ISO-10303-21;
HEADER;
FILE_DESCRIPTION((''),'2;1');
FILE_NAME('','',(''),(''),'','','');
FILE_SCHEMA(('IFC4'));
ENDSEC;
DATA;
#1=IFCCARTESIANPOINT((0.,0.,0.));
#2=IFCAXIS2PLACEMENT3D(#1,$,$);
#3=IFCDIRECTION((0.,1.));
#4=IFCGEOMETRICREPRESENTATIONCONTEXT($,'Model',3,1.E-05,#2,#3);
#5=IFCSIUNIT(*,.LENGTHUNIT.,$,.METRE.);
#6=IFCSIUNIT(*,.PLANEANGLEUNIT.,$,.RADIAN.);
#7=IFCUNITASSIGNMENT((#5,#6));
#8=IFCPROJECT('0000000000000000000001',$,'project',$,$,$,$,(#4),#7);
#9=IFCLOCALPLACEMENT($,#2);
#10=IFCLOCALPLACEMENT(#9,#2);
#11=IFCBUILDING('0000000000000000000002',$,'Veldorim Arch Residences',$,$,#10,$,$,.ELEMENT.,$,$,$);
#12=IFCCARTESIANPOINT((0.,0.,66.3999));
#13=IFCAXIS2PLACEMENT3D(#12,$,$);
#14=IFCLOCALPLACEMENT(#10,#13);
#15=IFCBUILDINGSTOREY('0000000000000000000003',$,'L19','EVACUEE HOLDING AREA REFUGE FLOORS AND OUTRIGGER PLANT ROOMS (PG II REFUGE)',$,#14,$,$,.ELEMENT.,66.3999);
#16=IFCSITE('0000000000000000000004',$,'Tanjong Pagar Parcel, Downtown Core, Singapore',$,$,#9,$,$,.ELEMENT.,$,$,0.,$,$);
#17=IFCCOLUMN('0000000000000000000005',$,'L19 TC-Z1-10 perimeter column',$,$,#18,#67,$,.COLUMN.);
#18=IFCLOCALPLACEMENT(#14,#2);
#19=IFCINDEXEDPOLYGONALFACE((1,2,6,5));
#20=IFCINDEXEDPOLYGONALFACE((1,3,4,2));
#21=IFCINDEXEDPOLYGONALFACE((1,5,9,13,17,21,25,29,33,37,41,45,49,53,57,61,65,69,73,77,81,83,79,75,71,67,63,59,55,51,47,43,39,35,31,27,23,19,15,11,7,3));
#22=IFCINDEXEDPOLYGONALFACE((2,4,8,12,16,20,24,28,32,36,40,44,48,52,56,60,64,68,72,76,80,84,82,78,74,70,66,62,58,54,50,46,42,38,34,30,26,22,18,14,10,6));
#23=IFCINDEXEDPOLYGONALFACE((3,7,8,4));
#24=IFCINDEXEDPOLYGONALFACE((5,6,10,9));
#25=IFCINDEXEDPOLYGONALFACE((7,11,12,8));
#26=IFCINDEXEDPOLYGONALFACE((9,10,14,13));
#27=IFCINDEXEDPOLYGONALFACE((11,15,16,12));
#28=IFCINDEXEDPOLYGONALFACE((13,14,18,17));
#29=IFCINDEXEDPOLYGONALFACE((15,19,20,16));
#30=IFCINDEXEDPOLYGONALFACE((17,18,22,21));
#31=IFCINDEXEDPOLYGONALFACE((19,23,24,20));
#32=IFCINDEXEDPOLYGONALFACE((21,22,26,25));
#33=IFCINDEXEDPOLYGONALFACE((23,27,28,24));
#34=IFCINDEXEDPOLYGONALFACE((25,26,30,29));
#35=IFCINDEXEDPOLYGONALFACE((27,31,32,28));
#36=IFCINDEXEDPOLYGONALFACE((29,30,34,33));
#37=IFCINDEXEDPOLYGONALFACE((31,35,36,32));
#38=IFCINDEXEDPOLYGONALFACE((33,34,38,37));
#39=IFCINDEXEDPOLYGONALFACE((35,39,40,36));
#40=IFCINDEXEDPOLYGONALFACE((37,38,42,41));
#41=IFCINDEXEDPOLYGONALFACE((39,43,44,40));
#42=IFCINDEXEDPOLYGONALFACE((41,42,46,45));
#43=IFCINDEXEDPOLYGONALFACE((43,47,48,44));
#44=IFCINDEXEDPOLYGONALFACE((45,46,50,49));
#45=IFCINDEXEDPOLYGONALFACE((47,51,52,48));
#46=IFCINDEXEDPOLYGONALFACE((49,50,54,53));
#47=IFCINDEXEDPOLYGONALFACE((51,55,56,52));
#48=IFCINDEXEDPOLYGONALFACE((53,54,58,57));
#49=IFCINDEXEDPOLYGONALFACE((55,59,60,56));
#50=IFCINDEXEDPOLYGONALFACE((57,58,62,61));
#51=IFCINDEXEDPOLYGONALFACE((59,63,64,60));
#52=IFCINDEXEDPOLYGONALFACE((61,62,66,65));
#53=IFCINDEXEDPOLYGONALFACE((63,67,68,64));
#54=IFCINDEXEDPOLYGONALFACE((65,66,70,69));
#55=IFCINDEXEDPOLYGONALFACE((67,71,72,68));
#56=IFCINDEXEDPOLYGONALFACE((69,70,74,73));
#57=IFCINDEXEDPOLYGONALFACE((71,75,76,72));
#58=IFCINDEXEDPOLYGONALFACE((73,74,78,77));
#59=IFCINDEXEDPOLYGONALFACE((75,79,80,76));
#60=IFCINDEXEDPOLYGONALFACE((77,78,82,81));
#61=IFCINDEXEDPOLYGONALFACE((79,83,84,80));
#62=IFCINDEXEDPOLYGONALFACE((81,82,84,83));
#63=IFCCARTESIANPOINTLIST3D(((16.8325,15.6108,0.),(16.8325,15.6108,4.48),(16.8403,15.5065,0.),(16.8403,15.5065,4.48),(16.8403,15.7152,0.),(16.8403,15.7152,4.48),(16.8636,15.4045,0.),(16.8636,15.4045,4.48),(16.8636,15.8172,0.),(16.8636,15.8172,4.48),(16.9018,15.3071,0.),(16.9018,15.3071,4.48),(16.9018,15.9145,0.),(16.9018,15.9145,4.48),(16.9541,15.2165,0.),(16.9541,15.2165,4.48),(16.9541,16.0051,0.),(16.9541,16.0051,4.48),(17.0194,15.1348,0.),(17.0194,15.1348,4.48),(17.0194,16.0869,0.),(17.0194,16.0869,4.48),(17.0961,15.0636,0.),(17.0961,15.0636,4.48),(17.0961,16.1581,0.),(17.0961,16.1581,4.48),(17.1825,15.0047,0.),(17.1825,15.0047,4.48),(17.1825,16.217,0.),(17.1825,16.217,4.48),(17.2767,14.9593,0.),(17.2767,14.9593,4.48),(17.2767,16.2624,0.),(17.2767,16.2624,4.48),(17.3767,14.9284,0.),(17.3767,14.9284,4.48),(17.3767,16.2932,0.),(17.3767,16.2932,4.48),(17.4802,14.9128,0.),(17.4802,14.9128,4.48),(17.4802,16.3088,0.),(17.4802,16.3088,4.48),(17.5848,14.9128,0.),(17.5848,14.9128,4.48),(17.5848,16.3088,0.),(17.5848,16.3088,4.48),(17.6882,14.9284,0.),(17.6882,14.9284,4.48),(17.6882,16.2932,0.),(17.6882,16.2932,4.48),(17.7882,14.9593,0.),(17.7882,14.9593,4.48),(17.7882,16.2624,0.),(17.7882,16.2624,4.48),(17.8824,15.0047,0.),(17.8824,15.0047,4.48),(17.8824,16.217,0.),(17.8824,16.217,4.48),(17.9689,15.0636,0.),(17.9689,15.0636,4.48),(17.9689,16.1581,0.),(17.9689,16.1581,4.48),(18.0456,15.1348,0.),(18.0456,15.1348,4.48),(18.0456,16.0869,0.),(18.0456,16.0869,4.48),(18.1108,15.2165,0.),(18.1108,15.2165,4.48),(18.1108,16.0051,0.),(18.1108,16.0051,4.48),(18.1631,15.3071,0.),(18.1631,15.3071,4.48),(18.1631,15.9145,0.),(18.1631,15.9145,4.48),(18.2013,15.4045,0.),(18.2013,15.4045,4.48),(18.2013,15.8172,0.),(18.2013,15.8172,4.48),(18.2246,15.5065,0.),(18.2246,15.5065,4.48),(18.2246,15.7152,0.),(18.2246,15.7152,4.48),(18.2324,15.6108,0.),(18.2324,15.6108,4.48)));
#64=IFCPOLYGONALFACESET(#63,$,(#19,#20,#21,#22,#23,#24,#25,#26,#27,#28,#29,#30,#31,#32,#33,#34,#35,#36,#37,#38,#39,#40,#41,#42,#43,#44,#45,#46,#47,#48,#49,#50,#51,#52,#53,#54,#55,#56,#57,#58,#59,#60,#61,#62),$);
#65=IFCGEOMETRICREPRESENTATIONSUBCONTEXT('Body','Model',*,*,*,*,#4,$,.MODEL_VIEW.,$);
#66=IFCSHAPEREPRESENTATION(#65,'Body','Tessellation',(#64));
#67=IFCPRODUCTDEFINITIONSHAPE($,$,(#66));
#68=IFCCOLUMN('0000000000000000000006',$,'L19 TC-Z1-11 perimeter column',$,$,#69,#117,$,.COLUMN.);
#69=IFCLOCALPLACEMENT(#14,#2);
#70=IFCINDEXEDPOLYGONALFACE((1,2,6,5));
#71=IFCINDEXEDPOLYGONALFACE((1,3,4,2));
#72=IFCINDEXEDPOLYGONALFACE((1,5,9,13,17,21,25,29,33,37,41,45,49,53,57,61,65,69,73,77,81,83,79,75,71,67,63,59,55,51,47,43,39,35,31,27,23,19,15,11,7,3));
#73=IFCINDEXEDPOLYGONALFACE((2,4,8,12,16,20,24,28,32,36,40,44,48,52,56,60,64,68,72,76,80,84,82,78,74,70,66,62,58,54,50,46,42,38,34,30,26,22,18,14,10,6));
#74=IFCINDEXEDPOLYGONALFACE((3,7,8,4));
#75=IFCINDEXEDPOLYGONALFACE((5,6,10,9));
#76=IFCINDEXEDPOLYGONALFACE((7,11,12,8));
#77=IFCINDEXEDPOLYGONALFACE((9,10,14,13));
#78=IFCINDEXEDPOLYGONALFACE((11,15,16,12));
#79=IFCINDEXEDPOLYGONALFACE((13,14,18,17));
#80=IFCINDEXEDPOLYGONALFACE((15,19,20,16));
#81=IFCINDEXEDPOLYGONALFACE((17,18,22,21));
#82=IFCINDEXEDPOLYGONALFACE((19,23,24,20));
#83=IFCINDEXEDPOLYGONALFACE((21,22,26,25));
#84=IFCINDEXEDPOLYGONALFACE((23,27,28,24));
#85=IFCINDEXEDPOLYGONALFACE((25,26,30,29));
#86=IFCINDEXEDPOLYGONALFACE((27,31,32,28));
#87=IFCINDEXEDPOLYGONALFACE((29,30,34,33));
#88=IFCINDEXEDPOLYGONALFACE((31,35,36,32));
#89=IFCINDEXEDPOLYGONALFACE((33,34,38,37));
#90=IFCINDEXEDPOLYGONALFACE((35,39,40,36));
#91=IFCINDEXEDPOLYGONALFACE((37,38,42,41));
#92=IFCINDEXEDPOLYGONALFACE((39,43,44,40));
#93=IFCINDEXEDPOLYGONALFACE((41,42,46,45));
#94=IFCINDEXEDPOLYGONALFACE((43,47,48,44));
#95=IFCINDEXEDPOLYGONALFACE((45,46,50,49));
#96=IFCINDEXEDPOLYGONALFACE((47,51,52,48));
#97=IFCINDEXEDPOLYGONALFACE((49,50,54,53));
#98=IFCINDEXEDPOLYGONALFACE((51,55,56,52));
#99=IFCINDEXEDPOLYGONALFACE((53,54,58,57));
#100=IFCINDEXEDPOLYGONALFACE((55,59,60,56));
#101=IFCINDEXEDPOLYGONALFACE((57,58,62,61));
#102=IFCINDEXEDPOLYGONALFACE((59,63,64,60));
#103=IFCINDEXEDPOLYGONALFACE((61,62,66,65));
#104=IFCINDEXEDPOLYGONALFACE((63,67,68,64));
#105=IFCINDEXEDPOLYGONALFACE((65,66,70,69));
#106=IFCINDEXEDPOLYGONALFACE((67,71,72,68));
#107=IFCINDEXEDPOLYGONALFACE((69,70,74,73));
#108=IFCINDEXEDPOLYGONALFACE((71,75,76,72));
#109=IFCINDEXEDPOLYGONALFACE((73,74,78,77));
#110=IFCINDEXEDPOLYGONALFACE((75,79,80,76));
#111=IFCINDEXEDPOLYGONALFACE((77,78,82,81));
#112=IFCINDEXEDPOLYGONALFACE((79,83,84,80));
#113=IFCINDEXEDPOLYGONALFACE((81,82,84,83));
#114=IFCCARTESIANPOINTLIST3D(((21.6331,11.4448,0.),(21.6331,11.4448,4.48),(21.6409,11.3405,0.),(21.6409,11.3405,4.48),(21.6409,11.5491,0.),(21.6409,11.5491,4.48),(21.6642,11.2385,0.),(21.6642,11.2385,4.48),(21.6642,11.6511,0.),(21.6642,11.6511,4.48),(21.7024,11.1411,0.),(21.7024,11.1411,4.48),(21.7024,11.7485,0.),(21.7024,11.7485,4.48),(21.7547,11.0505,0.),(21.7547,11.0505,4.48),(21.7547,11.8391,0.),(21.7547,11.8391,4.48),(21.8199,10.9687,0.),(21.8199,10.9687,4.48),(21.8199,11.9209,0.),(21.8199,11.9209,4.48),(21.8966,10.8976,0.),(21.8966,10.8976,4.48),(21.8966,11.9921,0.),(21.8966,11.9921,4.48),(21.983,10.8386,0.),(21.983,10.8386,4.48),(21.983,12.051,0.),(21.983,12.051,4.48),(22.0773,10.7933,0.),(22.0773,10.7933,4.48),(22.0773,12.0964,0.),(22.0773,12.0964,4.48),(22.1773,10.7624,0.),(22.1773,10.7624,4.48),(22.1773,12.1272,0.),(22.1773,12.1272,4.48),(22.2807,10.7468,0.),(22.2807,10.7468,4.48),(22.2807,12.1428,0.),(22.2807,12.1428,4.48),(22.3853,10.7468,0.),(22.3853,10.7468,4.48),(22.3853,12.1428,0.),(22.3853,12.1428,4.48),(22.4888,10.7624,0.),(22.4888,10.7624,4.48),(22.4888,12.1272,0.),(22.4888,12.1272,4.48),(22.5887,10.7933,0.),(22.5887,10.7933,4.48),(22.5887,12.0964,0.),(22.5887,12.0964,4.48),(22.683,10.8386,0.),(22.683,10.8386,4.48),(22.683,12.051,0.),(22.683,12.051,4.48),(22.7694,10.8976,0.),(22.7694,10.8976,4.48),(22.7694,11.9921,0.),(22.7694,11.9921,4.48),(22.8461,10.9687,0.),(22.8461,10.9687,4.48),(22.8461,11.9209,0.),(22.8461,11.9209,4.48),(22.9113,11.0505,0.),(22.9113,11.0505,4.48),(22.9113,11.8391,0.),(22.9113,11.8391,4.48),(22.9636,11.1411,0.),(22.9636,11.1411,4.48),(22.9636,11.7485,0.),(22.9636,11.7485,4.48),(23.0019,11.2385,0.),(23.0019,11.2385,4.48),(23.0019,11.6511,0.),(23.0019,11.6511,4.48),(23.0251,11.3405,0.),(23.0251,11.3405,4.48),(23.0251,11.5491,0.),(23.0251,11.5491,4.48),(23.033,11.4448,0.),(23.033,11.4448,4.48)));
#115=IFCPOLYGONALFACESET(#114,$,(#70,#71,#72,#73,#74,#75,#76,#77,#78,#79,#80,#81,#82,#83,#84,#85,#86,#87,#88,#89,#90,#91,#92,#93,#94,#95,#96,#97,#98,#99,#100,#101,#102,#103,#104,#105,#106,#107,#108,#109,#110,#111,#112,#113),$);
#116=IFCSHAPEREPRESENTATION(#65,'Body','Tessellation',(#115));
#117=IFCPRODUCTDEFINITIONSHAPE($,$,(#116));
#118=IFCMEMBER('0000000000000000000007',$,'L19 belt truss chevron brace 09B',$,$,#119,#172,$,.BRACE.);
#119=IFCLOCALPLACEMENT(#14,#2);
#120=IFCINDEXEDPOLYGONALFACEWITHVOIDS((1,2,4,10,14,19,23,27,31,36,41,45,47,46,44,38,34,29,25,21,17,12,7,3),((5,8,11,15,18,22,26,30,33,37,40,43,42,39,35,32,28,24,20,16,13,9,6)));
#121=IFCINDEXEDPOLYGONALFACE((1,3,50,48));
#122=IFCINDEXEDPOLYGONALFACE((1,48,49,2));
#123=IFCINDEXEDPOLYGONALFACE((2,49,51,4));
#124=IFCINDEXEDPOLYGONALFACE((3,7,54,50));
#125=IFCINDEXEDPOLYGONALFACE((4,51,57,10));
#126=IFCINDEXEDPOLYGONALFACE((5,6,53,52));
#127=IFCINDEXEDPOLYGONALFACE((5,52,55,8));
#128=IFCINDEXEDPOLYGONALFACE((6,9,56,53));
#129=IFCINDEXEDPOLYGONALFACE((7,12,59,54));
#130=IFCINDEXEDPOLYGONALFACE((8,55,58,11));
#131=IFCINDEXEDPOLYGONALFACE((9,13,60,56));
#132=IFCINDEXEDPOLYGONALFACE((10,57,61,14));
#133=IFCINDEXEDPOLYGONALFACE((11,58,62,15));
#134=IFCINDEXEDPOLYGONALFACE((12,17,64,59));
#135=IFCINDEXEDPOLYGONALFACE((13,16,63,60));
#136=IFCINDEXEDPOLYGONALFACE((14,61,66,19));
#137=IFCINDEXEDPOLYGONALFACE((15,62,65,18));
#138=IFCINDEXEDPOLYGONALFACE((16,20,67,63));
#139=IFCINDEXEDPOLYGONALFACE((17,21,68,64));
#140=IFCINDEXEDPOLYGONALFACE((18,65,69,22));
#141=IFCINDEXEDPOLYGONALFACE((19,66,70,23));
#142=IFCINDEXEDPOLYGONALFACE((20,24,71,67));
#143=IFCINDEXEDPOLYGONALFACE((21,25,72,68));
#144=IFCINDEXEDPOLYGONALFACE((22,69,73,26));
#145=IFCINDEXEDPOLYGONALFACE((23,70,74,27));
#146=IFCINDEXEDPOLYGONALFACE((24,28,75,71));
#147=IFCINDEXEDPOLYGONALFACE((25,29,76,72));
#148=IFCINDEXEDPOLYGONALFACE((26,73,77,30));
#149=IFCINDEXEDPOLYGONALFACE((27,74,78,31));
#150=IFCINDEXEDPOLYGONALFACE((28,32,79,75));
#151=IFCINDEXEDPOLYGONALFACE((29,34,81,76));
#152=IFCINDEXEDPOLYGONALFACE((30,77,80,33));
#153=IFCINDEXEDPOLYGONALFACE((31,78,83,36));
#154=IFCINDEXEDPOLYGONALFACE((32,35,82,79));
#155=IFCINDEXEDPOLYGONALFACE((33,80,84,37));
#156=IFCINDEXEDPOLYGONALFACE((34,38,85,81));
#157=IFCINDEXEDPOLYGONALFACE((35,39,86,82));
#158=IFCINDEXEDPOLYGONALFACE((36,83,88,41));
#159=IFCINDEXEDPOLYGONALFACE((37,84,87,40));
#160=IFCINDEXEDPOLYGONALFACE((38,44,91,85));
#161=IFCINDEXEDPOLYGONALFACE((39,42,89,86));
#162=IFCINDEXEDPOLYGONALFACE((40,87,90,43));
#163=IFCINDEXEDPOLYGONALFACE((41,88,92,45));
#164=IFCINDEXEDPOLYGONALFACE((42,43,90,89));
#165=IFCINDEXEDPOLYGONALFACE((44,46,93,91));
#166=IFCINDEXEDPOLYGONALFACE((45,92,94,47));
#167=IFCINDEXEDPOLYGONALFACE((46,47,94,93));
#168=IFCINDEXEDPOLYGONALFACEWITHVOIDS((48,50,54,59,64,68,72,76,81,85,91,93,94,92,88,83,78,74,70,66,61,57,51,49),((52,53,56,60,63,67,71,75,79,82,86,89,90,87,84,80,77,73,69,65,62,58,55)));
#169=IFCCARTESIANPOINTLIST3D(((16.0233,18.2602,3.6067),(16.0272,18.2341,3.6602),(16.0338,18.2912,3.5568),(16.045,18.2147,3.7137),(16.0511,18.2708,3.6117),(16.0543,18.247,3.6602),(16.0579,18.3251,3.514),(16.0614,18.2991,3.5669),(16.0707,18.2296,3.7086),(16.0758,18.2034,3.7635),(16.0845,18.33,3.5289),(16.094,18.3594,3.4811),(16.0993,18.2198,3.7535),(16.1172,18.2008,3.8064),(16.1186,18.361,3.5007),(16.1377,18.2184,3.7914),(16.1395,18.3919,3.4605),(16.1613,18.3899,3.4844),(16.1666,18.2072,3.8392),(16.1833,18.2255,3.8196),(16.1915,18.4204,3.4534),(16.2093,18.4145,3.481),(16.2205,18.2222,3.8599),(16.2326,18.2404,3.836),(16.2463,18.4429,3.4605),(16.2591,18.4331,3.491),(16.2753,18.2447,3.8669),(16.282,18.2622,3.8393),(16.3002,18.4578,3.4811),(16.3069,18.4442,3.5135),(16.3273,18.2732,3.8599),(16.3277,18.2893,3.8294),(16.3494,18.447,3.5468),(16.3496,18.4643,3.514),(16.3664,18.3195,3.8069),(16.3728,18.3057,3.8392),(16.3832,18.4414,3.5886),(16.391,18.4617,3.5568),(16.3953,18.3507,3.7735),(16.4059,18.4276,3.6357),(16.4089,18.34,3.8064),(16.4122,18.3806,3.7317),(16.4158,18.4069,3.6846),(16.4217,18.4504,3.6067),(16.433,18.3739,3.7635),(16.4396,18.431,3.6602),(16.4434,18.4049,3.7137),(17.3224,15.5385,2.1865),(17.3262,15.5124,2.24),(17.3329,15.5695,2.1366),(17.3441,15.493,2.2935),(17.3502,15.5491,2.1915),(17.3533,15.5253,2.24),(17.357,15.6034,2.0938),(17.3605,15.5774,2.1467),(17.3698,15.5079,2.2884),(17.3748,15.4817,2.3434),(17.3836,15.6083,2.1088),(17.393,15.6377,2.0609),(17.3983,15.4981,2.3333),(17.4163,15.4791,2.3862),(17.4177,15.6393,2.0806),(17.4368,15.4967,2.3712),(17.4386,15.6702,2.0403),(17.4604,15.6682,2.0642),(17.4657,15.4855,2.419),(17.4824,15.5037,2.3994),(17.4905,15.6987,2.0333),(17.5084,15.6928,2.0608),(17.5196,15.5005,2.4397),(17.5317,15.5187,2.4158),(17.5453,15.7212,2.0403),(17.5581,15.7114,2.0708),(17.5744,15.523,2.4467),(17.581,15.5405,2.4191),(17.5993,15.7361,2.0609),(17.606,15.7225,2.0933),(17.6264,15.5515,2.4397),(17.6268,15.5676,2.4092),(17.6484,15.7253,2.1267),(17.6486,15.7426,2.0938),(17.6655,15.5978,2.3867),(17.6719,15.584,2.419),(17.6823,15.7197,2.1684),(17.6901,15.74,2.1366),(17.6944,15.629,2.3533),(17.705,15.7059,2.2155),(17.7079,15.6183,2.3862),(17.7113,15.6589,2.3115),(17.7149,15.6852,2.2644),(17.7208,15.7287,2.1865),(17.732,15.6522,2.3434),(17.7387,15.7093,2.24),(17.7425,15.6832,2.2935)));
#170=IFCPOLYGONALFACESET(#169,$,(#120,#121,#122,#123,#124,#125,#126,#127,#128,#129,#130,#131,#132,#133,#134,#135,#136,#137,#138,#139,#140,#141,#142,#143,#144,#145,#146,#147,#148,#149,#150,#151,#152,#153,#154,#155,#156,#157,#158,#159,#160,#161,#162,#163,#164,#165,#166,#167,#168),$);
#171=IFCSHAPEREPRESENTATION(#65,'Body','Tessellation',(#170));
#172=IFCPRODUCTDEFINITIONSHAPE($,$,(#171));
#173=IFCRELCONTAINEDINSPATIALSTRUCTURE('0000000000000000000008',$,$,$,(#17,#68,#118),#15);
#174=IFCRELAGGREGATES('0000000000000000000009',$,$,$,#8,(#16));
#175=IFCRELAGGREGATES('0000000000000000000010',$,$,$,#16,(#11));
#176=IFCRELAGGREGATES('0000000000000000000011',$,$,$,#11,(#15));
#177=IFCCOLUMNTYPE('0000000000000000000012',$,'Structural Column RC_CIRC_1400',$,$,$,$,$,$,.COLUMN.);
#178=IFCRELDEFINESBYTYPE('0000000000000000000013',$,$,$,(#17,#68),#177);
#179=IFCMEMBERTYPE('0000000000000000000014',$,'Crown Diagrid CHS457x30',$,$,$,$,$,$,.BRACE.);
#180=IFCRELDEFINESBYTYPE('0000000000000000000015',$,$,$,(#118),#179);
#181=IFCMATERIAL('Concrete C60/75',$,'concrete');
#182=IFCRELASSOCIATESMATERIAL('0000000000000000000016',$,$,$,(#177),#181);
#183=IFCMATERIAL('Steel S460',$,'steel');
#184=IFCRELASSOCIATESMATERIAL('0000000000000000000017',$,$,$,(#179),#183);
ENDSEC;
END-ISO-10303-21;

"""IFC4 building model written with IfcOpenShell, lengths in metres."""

from ifc_helpers import new_model, si_unit, direction, frame, origin, origin_2d, place, context, subcontext, project, spatial, circle, hollow_circle, extrude, material, material_profile, profile_set, type_object, element, save


model = new_model("IFC4")

# Units and contexts
model_context = context("Model", 3, precision=1e-05, world=origin(), true_north=direction((0.0, 1.0)))
body_context = subcontext(model_context, "Body", "Model", "MODEL_VIEW")
ifc_project = project(units=[si_unit("LENGTHUNIT", "METRE"), si_unit("PLANEANGLEUNIT", "RADIAN")], contexts=[model_context])

# Site, building, storey
site_placement = place(None, origin())
site = spatial("IfcSite", under=ifc_project, at=site_placement, Name="Tanjong Pagar Parcel, Downtown Core, Singapore", CompositionType="ELEMENT", RefElevation=0.0)
building_placement = place(site_placement, origin())
building = spatial("IfcBuilding", under=site, at=building_placement, Name="Veldorim Arch Residences", CompositionType="ELEMENT")
storey_placement = place(building_placement, frame((0.0, 0.0, 66.3999)))
storey = spatial("IfcBuildingStorey", under=building, at=storey_placement, Name="L19", Description="EVACUEE HOLDING AREA REFUGE FLOORS AND OUTRIGGER PLANT ROOMS (PG II REFUGE)", CompositionType="ELEMENT", Elevation=66.3999)

# Columns
ifc_material_1 = material(Name="Concrete C60/75", Category="concrete")
ifc_material_profile_1 = material_profile(ifc_material_1, circle(Radius=0.7, at=origin_2d()), Name="RC_CIRC_1400")
ifc_profile_set_1 = profile_set([ifc_material_profile_1], Name="Concrete C60/75")
column_type = type_object("IfcColumnType", Name="Structural Column RC_CIRC_1400", PredefinedType="COLUMN", material=ifc_profile_set_1)
for number, where, z_axis, x_axis, name in (
    (1, (17.5325, 15.6108, 0.0), (0.0, 0.0, 1.0), (1.0, 0.0, 0.0), "L19 TC-Z1-10 perimeter column"),
    (2, (22.333, 11.4448, 0.0), (0.0, 0.0, 1.0), (1.0, 0.0, 0.0), "L19 TC-Z1-11 perimeter column"),
):
    element("IfcColumn", number, at=place(storey_placement, frame(where, z_axis=z_axis, x_axis=x_axis)), inside=storey, type_object=column_type, Name=name, PredefinedType="COLUMN", context=body_context, shape_type="SweptSolid", body=[
        extrude(circle(Radius=0.7, at=origin_2d()), origin(), (0.0, 0.0, 1.0), 4.48),
    ])

# Member
ifc_material_2 = material(Name="Steel S460", Category="steel")
ifc_material_profile_2 = material_profile(ifc_material_2, hollow_circle(Radius=0.2285, WallThickness=0.03, at=origin_2d()), Name="CHS457x30")
ifc_profile_set_2 = profile_set([ifc_material_profile_2], Name="Steel S460")
member_type_1 = type_object("IfcMemberType", Name="Crown Diagrid CHS457x30", PredefinedType="BRACE", material=ifc_profile_set_2)
member_1_placement = place(storey_placement, frame((17.5325, 15.6108, 2.24), z_axis=(-0.389706, 0.816471, 0.426033), x_axis=(-0.90247, -0.430754, 0.0)))
element("IfcMember", 3, at=member_1_placement, inside=storey, type_object=member_type_1, Name="L19 belt truss chevron brace 09B", PredefinedType="BRACE", context=body_context, shape_type="SweptSolid", body=[
    extrude(hollow_circle(Radius=0.2285, WallThickness=0.03, at=origin_2d()), origin(), (0.0, 0.0, 1.0), 3.3335),
])

save(model, "model.ifc")
